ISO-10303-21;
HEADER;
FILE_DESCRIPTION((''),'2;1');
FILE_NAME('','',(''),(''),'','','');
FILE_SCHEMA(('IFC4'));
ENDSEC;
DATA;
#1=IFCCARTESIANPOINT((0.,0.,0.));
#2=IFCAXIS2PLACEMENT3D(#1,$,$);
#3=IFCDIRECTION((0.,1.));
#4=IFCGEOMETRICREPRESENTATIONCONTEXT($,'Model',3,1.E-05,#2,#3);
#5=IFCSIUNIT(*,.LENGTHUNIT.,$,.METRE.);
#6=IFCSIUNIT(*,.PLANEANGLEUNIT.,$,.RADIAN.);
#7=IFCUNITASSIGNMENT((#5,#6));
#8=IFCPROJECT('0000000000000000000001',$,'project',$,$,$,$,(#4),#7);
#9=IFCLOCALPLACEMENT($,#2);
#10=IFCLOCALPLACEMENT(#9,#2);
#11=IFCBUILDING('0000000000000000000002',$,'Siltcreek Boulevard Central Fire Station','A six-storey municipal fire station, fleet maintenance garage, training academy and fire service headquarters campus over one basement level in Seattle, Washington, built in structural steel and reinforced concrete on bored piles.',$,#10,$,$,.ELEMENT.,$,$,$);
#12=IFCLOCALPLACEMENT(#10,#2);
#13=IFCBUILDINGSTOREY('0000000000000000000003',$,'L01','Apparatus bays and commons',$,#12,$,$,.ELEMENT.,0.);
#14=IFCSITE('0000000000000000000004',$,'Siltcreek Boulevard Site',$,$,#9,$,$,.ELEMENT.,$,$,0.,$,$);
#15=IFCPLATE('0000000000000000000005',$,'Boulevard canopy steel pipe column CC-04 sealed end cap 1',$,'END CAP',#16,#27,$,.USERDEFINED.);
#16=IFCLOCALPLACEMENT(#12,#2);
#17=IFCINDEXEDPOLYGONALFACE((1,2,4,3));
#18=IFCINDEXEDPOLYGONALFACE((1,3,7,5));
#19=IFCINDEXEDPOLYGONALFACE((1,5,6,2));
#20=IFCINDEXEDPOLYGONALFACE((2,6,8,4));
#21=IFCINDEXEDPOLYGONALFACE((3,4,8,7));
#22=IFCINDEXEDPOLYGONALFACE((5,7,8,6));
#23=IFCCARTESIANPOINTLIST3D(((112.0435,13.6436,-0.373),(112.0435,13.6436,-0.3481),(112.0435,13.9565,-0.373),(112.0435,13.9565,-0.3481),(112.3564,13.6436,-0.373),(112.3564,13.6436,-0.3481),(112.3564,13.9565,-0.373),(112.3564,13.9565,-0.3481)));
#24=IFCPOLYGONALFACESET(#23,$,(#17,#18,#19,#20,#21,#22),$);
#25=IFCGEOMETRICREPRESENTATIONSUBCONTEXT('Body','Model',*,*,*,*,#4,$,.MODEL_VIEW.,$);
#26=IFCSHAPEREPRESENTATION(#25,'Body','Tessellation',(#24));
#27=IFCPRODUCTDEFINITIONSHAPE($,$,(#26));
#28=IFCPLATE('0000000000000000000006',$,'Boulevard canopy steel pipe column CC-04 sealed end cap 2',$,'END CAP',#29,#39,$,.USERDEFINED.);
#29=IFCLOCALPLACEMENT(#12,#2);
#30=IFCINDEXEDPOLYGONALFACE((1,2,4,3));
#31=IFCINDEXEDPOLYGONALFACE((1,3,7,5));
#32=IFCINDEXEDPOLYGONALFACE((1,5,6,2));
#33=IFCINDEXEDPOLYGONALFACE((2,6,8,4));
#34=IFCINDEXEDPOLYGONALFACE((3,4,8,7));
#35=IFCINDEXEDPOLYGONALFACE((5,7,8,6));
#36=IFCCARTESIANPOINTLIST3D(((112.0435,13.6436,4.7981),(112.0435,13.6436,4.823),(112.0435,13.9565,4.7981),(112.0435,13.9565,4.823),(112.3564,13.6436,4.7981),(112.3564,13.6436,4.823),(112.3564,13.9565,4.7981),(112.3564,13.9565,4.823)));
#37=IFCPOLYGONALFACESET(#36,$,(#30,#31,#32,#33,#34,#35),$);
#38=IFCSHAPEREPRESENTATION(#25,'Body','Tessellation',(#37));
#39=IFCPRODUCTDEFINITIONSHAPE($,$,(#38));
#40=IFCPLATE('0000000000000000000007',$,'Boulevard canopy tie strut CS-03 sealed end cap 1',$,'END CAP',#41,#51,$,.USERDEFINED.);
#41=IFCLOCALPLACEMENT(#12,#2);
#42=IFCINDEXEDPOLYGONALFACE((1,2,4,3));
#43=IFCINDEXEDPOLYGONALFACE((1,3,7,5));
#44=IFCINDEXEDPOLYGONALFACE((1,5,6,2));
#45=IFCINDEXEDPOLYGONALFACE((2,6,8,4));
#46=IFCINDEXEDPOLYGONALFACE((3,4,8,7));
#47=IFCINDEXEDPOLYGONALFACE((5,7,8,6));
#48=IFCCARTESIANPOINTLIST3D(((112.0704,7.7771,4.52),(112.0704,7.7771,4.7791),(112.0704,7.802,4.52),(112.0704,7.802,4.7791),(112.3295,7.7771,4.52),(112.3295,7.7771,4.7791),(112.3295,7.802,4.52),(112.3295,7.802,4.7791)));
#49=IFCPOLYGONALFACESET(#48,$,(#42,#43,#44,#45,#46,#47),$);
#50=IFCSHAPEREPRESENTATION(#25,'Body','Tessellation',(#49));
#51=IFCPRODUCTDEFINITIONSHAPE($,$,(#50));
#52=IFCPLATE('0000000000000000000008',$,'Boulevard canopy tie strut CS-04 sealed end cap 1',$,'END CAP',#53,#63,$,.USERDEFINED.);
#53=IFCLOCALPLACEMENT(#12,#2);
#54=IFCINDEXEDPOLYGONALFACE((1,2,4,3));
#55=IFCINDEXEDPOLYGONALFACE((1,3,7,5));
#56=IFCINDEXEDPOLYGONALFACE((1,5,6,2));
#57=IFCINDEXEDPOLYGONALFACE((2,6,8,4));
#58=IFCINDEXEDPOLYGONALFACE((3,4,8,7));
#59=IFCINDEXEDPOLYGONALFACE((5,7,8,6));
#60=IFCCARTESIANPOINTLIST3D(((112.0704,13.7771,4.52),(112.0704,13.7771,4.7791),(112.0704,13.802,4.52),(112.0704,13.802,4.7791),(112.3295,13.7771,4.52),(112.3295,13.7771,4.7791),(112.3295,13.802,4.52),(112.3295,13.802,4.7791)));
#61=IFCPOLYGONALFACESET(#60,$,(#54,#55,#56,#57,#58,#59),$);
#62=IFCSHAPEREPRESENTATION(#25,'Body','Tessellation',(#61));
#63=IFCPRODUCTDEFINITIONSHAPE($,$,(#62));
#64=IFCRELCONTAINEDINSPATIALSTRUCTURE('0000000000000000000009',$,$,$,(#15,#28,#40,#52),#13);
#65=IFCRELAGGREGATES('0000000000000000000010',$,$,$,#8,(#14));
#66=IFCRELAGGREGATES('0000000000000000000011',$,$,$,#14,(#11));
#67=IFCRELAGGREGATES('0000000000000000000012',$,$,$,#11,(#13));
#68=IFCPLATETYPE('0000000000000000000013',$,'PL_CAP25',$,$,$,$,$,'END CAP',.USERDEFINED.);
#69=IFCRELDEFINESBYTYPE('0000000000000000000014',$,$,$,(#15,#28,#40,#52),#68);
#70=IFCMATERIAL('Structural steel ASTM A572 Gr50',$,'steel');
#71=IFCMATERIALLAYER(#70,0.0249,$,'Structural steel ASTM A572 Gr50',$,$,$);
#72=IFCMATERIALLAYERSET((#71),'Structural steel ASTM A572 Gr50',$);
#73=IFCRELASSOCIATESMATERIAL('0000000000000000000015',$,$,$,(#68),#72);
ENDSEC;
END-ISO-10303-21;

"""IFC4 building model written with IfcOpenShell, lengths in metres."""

from ifc_helpers import new_model, si_unit, direction, frame, origin, origin_2d, place, context, subcontext, project, spatial, rectangle, extrude, material, layer, layer_set, type_object, element, save


model = new_model("IFC4")

# Units and contexts
model_context = context("Model", 3, precision=1e-05, world=origin(), true_north=direction((0.0, 1.0)))
body_context = subcontext(model_context, "Body", "Model", "MODEL_VIEW")
ifc_project = project(units=[si_unit("LENGTHUNIT", "METRE"), si_unit("PLANEANGLEUNIT", "RADIAN")], contexts=[model_context])

# Site, building, storey
site_placement = place(None, origin())
site = spatial("IfcSite", under=ifc_project, at=site_placement, Name="Siltcreek Boulevard Site", CompositionType="ELEMENT", RefElevation=0.0)
building_placement = place(site_placement, origin())
building = spatial("IfcBuilding", under=site, at=building_placement, Name="Siltcreek Boulevard Central Fire Station", Description="A six-storey municipal fire station, fleet maintenance garage, training academy and fire service headquarters campus over one basement level in Seattle, Washington, built in structural steel and reinforced concrete on bored piles.", CompositionType="ELEMENT")
storey_placement = place(building_placement, origin())
storey = spatial("IfcBuildingStorey", under=building, at=storey_placement, Name="L01", Description="Apparatus bays and commons", CompositionType="ELEMENT", Elevation=0.0)

# Plates
ifc_material_1 = material(Name="Structural steel ASTM A572 Gr50", Category="steel")
ifc_layer_1 = layer(ifc_material_1, 0.0249, Name="Structural steel ASTM A572 Gr50")
ifc_layer_set_1 = layer_set([ifc_layer_1], Name="Structural steel ASTM A572 Gr50")
plate_type_1 = type_object("IfcPlateType", Name="PL_CAP25", ElementType="END CAP", PredefinedType="USERDEFINED", material=ifc_layer_set_1)
for number, where, z_axis, x_axis, name in (
    (1, (112.2, 13.8, -0.373), (0.0, 0.0, 1.0), (1.0, 0.0, 0.0), "Boulevard canopy steel pipe column CC-04 sealed end cap 1"),
    (2, (112.2, 13.8, 4.7981), (0.0, 0.0, 1.0), (1.0, 0.0, 0.0), "Boulevard canopy steel pipe column CC-04 sealed end cap 2"),
):
    element("IfcPlate", number, at=place(storey_placement, frame(where, z_axis=z_axis, x_axis=x_axis)), inside=storey, type_object=plate_type_1, Name=name, ObjectType="END CAP", PredefinedType="USERDEFINED", context=body_context, shape_type="SweptSolid", body=[
        extrude(rectangle(XDim=0.313, YDim=0.313, at=origin_2d()), origin(), (0.0, 0.0, 1.0), 0.0249),
    ])
for number, where, z_axis, x_axis, name in (
    (3, (112.2, 7.7896, 4.52), (0.0, 0.0, 1.0), (0.0, 1.0, 0.0), "Boulevard canopy tie strut CS-03 sealed end cap 1"),
    (4, (112.2, 13.7896, 4.52), (0.0, 0.0, 1.0), (0.0, 1.0, 0.0), "Boulevard canopy tie strut CS-04 sealed end cap 1"),
):
    element("IfcPlate", number, at=place(storey_placement, frame(where, z_axis=z_axis, x_axis=x_axis)), inside=storey, type_object=plate_type_1, Name=name, ObjectType="END CAP", PredefinedType="USERDEFINED", context=body_context, shape_type="SweptSolid", body=[
        extrude(rectangle(XDim=0.0249, YDim=0.259, at=origin_2d()), origin(), (0.0, 0.0, 1.0), 0.259),
    ])

save(model, "model.ifc")
